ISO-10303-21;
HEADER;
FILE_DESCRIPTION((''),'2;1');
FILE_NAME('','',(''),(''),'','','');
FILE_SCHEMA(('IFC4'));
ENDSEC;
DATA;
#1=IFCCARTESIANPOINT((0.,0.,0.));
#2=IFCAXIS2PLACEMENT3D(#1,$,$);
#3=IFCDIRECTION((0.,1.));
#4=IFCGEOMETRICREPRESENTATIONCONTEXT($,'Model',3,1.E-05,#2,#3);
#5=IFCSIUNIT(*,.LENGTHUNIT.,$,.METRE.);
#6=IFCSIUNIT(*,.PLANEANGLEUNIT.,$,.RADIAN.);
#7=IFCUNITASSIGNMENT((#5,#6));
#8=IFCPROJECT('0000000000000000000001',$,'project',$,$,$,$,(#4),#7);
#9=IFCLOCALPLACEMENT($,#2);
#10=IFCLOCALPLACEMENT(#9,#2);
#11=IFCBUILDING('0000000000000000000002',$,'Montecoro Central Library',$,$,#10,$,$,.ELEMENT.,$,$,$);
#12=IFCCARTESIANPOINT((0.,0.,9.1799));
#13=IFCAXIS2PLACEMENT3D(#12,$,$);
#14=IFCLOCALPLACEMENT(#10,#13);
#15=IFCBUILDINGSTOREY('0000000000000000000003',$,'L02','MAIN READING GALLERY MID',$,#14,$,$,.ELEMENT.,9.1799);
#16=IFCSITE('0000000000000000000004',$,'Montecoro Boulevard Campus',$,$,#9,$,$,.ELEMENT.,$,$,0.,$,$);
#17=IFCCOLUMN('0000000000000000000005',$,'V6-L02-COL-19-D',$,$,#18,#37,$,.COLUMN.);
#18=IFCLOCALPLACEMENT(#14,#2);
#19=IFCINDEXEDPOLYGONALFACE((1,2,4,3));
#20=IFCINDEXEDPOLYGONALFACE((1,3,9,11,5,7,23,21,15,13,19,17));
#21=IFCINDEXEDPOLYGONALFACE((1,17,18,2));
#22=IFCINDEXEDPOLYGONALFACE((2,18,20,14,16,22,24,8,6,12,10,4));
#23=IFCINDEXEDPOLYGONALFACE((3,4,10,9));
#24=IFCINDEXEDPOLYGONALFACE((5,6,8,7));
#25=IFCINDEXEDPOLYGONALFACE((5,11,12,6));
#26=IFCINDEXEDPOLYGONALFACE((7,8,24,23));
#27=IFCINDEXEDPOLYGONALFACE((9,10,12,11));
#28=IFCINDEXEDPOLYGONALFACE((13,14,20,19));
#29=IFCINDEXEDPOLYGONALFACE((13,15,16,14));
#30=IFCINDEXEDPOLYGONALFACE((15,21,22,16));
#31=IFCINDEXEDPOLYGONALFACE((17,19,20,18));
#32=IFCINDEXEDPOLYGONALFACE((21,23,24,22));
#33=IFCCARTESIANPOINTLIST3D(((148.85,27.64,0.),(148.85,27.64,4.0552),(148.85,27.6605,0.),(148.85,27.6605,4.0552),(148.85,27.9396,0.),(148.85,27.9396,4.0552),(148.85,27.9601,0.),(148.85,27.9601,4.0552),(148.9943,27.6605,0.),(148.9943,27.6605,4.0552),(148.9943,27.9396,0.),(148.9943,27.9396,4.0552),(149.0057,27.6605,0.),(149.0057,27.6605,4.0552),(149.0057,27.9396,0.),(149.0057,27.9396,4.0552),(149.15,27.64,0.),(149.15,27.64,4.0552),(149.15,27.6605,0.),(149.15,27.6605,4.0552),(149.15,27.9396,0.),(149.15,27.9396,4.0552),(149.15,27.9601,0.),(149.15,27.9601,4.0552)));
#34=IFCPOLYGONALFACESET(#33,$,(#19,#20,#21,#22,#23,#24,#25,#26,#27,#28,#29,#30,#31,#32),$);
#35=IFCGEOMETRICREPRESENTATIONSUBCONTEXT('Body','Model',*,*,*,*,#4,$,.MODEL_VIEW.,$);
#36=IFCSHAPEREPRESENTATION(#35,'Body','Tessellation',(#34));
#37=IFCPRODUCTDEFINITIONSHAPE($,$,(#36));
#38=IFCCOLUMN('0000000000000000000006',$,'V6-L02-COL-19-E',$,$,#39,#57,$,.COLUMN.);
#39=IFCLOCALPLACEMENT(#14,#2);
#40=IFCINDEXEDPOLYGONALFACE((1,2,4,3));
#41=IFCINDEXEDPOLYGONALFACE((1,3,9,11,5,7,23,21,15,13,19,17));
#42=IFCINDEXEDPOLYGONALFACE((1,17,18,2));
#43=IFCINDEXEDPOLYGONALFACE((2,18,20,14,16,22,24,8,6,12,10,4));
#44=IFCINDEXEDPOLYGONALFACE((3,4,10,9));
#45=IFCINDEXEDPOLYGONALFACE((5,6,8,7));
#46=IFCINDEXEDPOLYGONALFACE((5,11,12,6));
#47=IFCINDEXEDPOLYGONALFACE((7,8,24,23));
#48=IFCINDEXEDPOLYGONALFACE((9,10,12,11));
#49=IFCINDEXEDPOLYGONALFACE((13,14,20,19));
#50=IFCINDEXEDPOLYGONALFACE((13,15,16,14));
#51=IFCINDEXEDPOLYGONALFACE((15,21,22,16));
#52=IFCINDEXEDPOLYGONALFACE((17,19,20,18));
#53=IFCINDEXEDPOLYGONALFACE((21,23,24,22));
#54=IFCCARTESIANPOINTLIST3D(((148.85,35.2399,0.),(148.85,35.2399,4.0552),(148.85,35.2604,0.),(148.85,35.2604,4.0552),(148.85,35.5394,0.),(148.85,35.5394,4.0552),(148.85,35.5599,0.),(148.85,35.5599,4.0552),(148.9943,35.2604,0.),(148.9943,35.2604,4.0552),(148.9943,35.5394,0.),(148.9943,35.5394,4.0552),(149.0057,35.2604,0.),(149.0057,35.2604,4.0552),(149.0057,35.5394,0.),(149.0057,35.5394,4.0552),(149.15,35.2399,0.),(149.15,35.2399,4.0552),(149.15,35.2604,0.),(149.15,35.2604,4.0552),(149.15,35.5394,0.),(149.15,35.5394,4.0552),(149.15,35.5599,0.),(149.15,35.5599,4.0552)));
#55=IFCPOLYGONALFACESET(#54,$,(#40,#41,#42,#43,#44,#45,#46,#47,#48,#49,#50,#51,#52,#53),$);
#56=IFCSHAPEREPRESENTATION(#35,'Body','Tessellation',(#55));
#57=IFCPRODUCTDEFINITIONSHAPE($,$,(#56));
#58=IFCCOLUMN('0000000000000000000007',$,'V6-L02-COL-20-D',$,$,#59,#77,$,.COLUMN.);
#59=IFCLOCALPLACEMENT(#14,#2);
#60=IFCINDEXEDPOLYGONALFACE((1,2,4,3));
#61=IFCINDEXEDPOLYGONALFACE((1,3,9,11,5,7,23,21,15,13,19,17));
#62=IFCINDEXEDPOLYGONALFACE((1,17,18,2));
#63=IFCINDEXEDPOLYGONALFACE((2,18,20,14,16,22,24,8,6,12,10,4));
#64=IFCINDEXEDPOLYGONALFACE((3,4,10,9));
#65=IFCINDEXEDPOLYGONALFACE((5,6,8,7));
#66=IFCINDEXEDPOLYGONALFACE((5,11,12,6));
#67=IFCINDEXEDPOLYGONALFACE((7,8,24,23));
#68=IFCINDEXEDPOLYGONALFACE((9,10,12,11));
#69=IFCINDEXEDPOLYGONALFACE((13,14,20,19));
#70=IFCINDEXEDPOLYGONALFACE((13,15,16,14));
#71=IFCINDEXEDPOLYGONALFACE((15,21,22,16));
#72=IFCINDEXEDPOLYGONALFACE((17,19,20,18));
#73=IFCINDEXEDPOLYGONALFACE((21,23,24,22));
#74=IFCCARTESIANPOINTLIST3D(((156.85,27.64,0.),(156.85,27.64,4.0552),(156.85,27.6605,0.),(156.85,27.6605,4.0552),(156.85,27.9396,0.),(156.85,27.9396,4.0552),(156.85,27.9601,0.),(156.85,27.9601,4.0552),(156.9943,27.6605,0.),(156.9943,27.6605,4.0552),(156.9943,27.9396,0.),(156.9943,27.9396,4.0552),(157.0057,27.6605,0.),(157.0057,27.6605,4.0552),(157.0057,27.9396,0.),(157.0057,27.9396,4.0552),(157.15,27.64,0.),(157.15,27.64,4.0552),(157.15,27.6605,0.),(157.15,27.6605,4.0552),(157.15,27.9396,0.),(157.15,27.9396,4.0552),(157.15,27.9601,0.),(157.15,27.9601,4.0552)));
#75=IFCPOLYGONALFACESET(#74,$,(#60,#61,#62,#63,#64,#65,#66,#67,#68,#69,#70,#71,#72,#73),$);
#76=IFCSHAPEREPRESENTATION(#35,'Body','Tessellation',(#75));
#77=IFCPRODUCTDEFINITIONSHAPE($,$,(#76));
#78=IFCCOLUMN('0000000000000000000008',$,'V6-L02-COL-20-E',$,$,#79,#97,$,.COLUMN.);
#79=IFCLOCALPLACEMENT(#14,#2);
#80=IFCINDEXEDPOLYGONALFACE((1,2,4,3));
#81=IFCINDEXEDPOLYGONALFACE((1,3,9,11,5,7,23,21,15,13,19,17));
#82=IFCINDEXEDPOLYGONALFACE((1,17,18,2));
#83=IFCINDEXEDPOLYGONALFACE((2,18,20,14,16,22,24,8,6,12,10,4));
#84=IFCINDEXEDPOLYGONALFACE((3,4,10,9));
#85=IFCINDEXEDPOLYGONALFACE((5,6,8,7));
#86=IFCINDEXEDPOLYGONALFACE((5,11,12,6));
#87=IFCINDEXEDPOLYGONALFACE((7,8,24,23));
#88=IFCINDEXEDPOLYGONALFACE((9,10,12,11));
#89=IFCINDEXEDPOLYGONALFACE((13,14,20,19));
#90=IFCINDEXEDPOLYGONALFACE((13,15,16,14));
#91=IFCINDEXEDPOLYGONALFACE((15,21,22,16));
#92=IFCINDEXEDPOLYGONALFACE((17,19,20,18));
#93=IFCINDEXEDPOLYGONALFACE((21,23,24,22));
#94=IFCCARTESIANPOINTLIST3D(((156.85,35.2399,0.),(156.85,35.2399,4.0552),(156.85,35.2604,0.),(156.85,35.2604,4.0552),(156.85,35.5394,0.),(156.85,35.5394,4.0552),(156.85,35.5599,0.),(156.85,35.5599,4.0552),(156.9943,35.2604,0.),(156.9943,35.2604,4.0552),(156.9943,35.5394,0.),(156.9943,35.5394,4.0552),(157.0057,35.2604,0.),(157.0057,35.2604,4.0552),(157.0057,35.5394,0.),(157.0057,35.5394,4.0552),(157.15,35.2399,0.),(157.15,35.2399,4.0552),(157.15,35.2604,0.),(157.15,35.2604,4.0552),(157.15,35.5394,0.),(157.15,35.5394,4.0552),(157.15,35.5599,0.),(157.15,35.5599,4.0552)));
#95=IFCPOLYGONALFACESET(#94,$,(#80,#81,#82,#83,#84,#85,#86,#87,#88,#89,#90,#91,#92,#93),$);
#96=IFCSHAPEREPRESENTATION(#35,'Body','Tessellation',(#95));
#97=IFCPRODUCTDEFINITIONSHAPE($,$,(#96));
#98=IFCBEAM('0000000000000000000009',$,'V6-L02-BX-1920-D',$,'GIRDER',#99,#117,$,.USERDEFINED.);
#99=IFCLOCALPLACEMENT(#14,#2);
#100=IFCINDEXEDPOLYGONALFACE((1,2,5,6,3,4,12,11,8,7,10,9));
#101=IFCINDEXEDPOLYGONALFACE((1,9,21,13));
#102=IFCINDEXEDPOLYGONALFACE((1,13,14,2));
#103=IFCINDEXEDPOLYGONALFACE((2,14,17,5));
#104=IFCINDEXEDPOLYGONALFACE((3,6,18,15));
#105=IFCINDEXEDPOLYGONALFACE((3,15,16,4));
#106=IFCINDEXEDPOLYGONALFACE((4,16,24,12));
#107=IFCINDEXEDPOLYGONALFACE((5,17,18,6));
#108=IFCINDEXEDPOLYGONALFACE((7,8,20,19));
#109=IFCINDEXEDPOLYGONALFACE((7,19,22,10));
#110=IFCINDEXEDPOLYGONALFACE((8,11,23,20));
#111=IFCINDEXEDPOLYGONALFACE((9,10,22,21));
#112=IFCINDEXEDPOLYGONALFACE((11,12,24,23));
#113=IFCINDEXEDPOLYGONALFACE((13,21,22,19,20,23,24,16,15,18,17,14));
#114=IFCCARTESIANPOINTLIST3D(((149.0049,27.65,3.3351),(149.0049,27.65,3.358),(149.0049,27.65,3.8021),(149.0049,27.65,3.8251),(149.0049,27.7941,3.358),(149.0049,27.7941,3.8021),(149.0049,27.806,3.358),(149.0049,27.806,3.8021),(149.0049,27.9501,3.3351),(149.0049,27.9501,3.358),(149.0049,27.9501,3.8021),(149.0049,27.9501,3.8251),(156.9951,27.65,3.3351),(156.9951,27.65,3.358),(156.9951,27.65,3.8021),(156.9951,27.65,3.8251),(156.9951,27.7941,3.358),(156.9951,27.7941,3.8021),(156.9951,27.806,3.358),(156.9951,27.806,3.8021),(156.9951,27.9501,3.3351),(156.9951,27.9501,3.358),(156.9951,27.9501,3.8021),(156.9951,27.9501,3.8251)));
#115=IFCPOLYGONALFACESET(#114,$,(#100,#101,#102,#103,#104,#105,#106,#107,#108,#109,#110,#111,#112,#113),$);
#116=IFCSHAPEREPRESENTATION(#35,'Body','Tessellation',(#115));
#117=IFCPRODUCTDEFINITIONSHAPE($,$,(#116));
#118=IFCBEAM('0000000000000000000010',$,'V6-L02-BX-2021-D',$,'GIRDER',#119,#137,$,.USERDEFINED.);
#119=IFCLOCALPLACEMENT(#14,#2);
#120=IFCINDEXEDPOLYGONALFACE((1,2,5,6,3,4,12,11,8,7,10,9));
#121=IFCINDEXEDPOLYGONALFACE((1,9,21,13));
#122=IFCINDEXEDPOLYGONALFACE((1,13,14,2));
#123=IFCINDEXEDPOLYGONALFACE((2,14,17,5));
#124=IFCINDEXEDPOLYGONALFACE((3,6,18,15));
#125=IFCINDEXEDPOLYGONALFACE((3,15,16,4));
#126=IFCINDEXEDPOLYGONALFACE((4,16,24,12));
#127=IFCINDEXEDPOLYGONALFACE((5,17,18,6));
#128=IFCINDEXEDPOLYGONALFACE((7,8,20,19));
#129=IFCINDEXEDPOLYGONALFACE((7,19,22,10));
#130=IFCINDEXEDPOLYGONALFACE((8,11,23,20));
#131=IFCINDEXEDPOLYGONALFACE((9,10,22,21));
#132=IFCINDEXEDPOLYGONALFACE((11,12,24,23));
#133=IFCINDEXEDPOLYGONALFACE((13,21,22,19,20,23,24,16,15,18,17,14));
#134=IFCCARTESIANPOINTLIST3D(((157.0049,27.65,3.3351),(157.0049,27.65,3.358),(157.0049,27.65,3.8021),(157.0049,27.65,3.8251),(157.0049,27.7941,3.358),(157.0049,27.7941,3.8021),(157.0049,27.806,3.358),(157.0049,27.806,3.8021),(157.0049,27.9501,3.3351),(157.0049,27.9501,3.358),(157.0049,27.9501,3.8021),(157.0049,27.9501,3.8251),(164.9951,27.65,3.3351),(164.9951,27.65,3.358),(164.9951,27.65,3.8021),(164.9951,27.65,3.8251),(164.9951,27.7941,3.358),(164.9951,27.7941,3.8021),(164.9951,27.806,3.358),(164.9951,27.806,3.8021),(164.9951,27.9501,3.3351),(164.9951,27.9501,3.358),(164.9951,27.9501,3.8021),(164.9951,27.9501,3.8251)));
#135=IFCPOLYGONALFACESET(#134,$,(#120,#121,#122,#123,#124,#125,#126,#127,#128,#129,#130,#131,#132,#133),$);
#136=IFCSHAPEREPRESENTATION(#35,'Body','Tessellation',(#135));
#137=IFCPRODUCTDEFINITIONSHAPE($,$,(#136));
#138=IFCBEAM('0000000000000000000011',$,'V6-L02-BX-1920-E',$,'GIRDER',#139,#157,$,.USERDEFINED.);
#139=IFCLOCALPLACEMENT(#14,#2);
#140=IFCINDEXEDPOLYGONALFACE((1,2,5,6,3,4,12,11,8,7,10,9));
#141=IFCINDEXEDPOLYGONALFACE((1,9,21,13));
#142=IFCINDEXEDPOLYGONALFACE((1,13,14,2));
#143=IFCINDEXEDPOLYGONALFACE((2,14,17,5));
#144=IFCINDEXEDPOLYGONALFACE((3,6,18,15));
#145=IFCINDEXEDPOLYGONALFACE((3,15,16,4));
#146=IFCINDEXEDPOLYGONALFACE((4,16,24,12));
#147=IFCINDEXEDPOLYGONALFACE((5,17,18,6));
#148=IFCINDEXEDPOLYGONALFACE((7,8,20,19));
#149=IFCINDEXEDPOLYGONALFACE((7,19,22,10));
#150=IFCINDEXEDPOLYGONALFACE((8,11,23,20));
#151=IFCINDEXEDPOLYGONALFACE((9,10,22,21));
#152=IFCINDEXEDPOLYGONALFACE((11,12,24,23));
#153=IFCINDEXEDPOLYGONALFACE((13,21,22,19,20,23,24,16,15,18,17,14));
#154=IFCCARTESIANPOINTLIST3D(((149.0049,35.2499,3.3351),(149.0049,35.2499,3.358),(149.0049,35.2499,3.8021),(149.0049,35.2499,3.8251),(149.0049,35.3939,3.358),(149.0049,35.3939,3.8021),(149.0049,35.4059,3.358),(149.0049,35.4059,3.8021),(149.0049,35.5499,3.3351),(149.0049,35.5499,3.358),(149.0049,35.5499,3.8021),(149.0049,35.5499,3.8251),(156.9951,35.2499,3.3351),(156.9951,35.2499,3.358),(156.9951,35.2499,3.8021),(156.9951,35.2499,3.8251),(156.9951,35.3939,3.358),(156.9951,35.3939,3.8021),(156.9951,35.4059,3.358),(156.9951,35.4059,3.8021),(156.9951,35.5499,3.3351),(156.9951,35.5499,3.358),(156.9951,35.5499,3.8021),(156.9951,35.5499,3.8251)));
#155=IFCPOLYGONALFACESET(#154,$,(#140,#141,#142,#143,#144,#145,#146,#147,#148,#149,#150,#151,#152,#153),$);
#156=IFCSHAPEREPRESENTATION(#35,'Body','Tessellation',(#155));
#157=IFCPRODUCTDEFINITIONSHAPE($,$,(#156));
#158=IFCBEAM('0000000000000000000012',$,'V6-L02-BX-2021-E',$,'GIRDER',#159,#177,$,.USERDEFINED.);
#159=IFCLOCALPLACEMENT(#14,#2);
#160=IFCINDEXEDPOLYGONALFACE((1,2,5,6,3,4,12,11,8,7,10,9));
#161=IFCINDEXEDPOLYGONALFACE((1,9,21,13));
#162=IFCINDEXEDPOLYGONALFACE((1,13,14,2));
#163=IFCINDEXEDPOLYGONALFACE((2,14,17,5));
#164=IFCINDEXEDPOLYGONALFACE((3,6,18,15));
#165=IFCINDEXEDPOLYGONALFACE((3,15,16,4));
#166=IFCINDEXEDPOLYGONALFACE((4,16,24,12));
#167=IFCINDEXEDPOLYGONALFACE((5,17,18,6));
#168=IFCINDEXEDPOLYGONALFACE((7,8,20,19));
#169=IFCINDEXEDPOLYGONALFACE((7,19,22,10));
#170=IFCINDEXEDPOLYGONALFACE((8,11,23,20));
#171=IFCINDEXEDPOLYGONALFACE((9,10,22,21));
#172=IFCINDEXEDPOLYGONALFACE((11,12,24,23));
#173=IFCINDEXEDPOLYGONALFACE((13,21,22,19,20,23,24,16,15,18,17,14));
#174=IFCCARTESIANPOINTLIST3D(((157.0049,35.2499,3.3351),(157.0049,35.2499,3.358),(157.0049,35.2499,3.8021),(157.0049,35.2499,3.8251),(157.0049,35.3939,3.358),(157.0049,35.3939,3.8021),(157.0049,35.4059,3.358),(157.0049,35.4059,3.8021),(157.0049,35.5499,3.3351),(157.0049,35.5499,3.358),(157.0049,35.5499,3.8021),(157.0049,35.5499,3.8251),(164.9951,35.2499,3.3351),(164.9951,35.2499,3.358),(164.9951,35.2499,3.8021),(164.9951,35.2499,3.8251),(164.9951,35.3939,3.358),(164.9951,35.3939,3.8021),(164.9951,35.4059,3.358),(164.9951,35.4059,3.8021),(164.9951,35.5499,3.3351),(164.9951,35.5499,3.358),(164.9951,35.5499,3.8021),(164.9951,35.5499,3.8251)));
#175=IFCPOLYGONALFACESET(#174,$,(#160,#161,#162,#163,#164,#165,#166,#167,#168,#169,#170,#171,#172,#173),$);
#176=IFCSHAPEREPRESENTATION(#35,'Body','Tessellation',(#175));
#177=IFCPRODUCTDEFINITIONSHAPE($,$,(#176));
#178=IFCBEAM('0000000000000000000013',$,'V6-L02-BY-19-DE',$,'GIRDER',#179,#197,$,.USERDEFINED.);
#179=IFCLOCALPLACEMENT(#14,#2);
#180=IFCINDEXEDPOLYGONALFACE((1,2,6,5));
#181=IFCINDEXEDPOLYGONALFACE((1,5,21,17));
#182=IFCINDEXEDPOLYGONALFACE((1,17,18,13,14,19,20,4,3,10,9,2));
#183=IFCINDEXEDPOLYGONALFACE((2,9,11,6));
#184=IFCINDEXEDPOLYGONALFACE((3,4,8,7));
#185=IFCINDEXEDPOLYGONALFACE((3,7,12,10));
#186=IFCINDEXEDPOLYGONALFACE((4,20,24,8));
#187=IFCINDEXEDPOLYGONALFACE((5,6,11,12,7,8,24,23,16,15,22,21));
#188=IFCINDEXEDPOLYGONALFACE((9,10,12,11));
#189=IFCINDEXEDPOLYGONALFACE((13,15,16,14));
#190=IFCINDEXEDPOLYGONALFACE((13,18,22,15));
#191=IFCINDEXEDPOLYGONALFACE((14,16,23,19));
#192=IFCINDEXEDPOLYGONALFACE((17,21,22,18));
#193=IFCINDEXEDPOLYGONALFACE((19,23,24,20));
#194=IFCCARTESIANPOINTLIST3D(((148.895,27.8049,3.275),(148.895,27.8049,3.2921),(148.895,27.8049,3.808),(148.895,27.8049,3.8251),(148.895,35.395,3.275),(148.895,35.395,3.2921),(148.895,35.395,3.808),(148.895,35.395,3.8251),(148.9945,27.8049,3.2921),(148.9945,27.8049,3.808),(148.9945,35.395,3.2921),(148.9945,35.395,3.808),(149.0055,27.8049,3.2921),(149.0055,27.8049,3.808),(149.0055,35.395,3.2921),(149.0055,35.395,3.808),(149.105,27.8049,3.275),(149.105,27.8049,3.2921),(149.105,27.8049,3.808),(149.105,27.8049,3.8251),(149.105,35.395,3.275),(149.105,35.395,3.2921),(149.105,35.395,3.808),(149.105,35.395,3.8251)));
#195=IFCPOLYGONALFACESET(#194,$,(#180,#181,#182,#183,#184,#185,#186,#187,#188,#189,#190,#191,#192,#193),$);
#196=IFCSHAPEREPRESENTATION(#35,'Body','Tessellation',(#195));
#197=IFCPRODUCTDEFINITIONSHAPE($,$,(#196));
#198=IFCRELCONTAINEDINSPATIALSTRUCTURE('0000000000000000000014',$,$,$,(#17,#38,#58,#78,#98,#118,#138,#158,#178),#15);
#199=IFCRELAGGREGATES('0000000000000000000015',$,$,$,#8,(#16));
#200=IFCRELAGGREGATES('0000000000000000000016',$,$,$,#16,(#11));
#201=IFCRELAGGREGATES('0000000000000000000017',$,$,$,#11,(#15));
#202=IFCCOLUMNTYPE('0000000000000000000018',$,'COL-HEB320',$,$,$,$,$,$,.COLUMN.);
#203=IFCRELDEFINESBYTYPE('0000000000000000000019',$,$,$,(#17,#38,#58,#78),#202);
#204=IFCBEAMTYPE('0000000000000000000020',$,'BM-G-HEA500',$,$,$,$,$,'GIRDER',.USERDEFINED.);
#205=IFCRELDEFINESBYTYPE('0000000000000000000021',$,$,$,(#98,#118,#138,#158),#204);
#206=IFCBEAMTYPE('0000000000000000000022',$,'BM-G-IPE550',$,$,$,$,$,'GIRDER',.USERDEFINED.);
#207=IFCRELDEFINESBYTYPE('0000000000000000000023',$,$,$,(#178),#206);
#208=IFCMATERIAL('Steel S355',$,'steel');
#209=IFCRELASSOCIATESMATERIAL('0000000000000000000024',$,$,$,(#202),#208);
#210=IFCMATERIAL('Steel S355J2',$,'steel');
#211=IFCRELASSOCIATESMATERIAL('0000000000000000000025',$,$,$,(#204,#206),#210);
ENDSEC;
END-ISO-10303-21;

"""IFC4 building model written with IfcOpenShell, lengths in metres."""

from ifc_helpers import new_model, si_unit, direction, frame, origin, origin_2d, place, context, subcontext, project, spatial, i_section, extrude, material, material_profile, profile_set, type_object, element, save


model = new_model("IFC4")

# Units and contexts
model_context = context("Model", 3, precision=1e-05, world=origin(), true_north=direction((0.0, 1.0)))
body_context = subcontext(model_context, "Body", "Model", "MODEL_VIEW")
ifc_project = project(units=[si_unit("LENGTHUNIT", "METRE"), si_unit("PLANEANGLEUNIT", "RADIAN")], contexts=[model_context])

# Site, building, storey
site_placement = place(None, origin())
site = spatial("IfcSite", under=ifc_project, at=site_placement, Name="Montecoro Boulevard Campus", CompositionType="ELEMENT", RefElevation=0.0)
building_placement = place(site_placement, origin())
building = spatial("IfcBuilding", under=site, at=building_placement, Name="Montecoro Central Library", CompositionType="ELEMENT")
storey_placement = place(building_placement, frame((0.0, 0.0, 9.1799)))
storey = spatial("IfcBuildingStorey", under=building, at=storey_placement, Name="L02", Description="MAIN READING GALLERY MID", CompositionType="ELEMENT", Elevation=9.1799)

# Columns
ifc_material_1 = material(Name="Steel S355", Category="steel")
ifc_material_profile_1 = material_profile(ifc_material_1, i_section(OverallWidth=0.3, OverallDepth=0.3201, WebThickness=0.0115, FlangeThickness=0.0205, at=origin_2d()), Name="HEB 320")
ifc_profile_set_1 = profile_set([ifc_material_profile_1], Name="Steel S355")
column_type = type_object("IfcColumnType", Name="COL-HEB320", PredefinedType="COLUMN", material=ifc_profile_set_1)
for number, where, z_axis, x_axis, name in (
    (1, (149.0, 27.8, 0.0), (0.0, 0.0, 1.0), (1.0, 0.0, 0.0), "V6-L02-COL-19-D"),
    (2, (149.0, 35.3999, 0.0), (0.0, 0.0, 1.0), (1.0, 0.0, 0.0), "V6-L02-COL-19-E"),
    (3, (157.0, 27.8, 0.0), (0.0, 0.0, 1.0), (1.0, 0.0, 0.0), "V6-L02-COL-20-D"),
    (4, (157.0, 35.3999, 0.0), (0.0, 0.0, 1.0), (1.0, 0.0, 0.0), "V6-L02-COL-20-E"),
):
    element("IfcColumn", number, at=place(storey_placement, frame(where, z_axis=z_axis, x_axis=x_axis)), inside=storey, type_object=column_type, Name=name, PredefinedType="COLUMN", context=body_context, shape_type="SweptSolid", body=[
        extrude(i_section(OverallWidth=0.3, OverallDepth=0.3201, WebThickness=0.0115, FlangeThickness=0.0205, at=origin_2d()), origin(), (0.0, 0.0, 1.0), 4.0552),
    ])

# Beams
ifc_material_2 = material(Name="Steel S355J2", Category="steel")
ifc_material_profile_2 = material_profile(ifc_material_2, i_section(OverallWidth=0.3, OverallDepth=0.49, WebThickness=0.012, FlangeThickness=0.0229, at=origin_2d()), Name="HEA 500")
ifc_profile_set_2 = profile_set([ifc_material_profile_2], Name="Steel S355J2")
beam_type_1 = type_object("IfcBeamType", Name="BM-G-HEA500", ElementType="GIRDER", PredefinedType="USERDEFINED", material=ifc_profile_set_2)
for number, where, z_axis, x_axis, name in (
    (5, (149.0049, 27.8, 3.5801), (1.0, 0.0, 0.0), (0.0, 1.0, 0.0), "V6-L02-BX-1920-D"),
    (6, (157.0049, 27.8, 3.5801), (1.0, 0.0, 0.0), (0.0, 1.0, 0.0), "V6-L02-BX-2021-D"),
    (7, (149.0049, 35.3999, 3.5801), (1.0, 0.0, 0.0), (0.0, 1.0, 0.0), "V6-L02-BX-1920-E"),
    (8, (157.0049, 35.3999, 3.5801), (1.0, 0.0, 0.0), (0.0, 1.0, 0.0), "V6-L02-BX-2021-E"),
):
    element("IfcBeam", number, at=place(storey_placement, frame(where, z_axis=z_axis, x_axis=x_axis)), inside=storey, type_object=beam_type_1, Name=name, ObjectType="GIRDER", PredefinedType="USERDEFINED", context=body_context, shape_type="SweptSolid", body=[
        extrude(i_section(OverallWidth=0.3, OverallDepth=0.49, WebThickness=0.012, FlangeThickness=0.0229, at=origin_2d()), origin(), (0.0, 0.0, 1.0), 7.9902),
    ])
ifc_material_profile_3 = material_profile(ifc_material_2, i_section(OverallWidth=0.21, OverallDepth=0.55, WebThickness=0.011, FlangeThickness=0.0171, at=origin_2d()), Name="IPE 550")
ifc_profile_set_3 = profile_set([ifc_material_profile_3], Name="Steel S355J2")
beam_type_2 = type_object("IfcBeamType", Name="BM-G-IPE550", ElementType="GIRDER", PredefinedType="USERDEFINED", material=ifc_profile_set_3)
for number, where, z_axis, x_axis, name in (
    (9, (149.0, 27.8049, 3.55), (0.0, 1.0, 0.0), (-1.0, 0.0, 0.0), "V6-L02-BY-19-DE"),
):
    element("IfcBeam", number, at=place(storey_placement, frame(where, z_axis=z_axis, x_axis=x_axis)), inside=storey, type_object=beam_type_2, Name=name, ObjectType="GIRDER", PredefinedType="USERDEFINED", context=body_context, shape_type="SweptSolid", body=[
        extrude(i_section(OverallWidth=0.21, OverallDepth=0.55, WebThickness=0.011, FlangeThickness=0.0171, at=origin_2d()), origin(), (0.0, 0.0, 1.0), 7.5901),
    ])

save(model, "model.ifc")
